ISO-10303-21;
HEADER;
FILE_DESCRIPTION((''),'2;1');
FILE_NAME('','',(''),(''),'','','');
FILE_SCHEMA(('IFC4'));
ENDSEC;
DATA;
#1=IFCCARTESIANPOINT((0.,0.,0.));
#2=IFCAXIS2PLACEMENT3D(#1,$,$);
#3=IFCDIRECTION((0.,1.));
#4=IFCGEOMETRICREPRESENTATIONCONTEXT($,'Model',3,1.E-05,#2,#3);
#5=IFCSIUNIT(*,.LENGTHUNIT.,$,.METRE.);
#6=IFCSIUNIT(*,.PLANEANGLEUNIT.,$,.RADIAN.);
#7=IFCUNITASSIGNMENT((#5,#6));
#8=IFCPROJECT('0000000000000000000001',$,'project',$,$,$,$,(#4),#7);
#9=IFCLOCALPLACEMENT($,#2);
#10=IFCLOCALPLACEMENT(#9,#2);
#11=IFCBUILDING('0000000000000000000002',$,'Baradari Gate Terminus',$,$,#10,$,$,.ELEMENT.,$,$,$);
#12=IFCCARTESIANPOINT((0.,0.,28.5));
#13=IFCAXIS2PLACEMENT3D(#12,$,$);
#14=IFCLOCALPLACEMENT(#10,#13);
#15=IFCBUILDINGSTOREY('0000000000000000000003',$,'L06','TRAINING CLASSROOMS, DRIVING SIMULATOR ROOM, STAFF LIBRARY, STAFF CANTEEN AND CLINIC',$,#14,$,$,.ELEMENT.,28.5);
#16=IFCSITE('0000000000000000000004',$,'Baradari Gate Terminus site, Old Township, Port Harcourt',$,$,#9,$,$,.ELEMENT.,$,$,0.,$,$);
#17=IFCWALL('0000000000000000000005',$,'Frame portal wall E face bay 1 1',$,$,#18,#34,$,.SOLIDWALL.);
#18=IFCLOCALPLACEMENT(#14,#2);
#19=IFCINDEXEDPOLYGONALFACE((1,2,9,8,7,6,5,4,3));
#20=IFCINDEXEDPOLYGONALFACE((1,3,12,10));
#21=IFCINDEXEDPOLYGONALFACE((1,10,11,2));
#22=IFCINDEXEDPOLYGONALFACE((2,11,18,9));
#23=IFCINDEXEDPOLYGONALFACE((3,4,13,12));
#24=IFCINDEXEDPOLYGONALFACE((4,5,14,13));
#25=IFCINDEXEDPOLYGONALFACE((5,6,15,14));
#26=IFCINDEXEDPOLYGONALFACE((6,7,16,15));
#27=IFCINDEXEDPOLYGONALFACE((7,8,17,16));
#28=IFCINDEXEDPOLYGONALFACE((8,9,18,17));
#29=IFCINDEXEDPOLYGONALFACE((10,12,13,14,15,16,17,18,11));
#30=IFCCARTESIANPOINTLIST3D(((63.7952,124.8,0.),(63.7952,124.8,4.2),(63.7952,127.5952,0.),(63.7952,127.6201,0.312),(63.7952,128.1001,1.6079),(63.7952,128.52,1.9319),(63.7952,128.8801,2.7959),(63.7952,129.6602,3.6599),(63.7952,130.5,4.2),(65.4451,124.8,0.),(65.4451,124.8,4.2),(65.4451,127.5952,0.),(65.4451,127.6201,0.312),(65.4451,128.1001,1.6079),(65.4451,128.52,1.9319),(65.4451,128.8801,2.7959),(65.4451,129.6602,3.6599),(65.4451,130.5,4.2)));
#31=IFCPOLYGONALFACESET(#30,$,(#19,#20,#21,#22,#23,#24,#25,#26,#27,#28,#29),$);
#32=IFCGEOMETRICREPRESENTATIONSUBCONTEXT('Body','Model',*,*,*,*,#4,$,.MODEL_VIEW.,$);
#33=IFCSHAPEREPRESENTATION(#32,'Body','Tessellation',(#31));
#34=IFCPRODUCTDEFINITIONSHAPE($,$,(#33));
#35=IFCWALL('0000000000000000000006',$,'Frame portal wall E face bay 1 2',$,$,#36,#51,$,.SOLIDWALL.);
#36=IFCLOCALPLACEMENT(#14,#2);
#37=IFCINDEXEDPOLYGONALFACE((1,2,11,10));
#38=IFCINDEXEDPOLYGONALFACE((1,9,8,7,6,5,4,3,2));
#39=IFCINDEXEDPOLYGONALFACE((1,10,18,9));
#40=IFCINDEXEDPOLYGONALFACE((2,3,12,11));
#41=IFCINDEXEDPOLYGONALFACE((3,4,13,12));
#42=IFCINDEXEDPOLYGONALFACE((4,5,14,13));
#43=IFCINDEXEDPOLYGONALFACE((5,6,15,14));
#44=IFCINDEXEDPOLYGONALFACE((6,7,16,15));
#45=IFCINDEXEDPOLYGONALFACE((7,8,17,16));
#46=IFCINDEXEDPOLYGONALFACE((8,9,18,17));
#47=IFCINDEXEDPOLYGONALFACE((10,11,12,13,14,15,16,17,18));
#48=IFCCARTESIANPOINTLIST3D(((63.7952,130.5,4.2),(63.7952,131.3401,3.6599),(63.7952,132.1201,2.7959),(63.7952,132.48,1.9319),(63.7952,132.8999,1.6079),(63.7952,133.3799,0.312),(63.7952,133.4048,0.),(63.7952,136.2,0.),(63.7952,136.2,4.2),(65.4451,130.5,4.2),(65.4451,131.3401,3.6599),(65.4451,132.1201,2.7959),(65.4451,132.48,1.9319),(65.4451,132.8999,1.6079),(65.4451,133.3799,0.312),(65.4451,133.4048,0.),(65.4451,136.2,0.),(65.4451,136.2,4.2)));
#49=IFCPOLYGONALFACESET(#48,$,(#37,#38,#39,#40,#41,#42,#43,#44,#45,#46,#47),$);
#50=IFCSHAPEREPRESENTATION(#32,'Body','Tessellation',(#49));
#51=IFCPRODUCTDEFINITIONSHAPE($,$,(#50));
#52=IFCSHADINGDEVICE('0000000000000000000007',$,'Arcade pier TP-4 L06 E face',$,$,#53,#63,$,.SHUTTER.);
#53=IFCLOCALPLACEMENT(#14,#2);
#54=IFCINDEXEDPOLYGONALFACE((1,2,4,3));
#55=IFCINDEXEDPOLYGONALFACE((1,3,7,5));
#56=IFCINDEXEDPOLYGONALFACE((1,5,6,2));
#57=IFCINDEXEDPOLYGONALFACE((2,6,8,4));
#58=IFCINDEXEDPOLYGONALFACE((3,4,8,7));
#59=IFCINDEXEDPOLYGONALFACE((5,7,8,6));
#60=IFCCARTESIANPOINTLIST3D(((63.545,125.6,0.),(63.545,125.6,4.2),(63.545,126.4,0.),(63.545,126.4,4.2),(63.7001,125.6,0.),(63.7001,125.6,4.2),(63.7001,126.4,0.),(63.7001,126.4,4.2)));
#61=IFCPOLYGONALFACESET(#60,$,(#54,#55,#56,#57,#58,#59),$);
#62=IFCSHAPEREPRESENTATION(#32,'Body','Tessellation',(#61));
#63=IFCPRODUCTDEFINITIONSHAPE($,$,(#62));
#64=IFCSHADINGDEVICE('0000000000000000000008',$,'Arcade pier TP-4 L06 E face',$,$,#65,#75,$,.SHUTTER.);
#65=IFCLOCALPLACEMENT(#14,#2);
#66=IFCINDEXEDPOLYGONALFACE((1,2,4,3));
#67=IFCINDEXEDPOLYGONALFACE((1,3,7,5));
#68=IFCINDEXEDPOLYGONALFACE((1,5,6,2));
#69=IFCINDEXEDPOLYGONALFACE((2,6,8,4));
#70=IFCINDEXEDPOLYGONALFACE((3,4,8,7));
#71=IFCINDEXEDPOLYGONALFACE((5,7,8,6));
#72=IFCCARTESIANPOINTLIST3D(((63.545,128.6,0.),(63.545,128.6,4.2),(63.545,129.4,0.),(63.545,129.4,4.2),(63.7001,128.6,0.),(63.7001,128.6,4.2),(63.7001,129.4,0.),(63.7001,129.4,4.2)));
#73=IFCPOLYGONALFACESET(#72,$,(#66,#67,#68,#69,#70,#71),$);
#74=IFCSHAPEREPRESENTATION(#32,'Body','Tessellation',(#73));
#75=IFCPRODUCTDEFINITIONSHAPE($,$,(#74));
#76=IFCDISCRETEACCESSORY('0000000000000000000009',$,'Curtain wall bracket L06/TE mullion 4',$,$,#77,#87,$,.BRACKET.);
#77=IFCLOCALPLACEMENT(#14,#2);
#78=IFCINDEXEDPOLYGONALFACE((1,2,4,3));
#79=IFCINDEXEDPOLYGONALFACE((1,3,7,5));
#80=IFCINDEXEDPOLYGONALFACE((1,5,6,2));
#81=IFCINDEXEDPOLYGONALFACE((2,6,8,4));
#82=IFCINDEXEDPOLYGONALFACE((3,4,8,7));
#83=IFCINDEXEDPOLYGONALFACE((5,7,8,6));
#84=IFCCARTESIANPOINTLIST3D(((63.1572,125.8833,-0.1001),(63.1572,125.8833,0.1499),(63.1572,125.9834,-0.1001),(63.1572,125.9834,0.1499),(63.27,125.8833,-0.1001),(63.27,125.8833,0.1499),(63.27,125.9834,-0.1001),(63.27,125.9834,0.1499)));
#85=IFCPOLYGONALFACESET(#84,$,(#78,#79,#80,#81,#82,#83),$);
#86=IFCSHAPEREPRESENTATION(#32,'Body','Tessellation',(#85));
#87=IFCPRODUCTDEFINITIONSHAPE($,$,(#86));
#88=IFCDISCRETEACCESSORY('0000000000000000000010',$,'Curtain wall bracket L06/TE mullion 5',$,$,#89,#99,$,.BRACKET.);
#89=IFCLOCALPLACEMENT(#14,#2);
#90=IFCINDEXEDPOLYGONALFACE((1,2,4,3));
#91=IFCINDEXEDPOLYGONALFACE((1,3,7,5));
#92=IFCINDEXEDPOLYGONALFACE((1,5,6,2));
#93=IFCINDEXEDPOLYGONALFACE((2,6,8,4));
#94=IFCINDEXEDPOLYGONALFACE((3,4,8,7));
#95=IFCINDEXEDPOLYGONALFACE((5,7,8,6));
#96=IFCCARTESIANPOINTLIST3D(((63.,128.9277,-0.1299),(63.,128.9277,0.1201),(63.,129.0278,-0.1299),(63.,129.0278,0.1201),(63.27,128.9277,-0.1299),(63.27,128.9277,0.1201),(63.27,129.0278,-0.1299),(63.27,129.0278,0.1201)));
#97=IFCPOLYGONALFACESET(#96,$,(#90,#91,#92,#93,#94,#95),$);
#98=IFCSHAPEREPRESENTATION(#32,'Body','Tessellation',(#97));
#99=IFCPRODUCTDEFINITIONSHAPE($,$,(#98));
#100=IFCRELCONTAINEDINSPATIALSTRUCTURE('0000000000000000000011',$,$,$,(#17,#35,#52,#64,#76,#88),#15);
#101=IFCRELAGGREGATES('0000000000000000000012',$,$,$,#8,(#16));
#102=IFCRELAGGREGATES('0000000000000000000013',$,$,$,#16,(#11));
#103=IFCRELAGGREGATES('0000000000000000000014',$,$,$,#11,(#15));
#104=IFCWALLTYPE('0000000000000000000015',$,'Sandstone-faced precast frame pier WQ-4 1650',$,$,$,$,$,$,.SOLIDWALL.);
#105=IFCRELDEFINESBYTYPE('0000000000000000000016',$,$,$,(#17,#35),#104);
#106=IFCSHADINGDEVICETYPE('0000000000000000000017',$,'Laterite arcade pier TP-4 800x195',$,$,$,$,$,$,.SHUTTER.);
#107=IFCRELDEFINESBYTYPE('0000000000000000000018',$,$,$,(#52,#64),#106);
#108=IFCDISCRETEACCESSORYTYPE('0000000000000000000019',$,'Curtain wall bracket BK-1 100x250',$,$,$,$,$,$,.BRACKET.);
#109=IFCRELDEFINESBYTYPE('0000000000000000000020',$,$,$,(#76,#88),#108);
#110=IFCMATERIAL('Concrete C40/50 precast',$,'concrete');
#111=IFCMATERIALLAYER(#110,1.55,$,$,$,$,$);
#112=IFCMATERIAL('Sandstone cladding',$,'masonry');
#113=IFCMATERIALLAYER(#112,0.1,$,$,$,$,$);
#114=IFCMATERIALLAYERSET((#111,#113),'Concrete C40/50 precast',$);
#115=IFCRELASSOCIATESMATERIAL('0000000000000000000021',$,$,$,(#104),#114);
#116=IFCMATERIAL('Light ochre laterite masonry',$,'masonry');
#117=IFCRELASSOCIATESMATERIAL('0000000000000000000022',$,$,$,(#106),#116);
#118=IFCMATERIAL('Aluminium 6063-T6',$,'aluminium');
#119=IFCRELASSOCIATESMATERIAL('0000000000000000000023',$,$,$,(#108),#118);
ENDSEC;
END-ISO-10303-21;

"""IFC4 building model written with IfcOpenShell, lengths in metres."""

from ifc_helpers import new_model, si_unit, direction, frame, origin, origin_2d, place, context, subcontext, project, spatial, polyline, rectangle, outline, extrude, material, layer, layer_set, type_object, element, save


model = new_model("IFC4")

# Units and contexts
model_context = context("Model", 3, precision=1e-05, world=origin(), true_north=direction((0.0, 1.0)))
body_context = subcontext(model_context, "Body", "Model", "MODEL_VIEW")
ifc_project = project(units=[si_unit("LENGTHUNIT", "METRE"), si_unit("PLANEANGLEUNIT", "RADIAN")], contexts=[model_context])

# Site, building, storey
site_placement = place(None, origin())
site = spatial("IfcSite", under=ifc_project, at=site_placement, Name="Baradari Gate Terminus site, Old Township, Port Harcourt", CompositionType="ELEMENT", RefElevation=0.0)
building_placement = place(site_placement, origin())
building = spatial("IfcBuilding", under=site, at=building_placement, Name="Baradari Gate Terminus", CompositionType="ELEMENT")
storey_placement = place(building_placement, frame((0.0, 0.0, 28.5)))
storey = spatial("IfcBuildingStorey", under=building, at=storey_placement, Name="L06", Description="TRAINING CLASSROOMS, DRIVING SIMULATOR ROOM, STAFF LIBRARY, STAFF CANTEEN AND CLINIC", CompositionType="ELEMENT", Elevation=28.5)

# Walls
ifc_material_1 = material(Name="Concrete C40/50 precast", Category="concrete")
ifc_layer_1 = layer(ifc_material_1, 1.55)
ifc_material_2 = material(Name="Sandstone cladding", Category="masonry")
ifc_layer_2 = layer(ifc_material_2, 0.1)
ifc_layer_set_1 = layer_set([ifc_layer_1, ifc_layer_2], Name="Concrete C40/50 precast")
wall_type = type_object("IfcWallType", Name="Sandstone-faced precast frame pier WQ-4 1650", PredefinedType="SOLIDWALL", material=ifc_layer_set_1)
wall_1_placement = place(storey_placement, frame((64.6201, 124.8, 0.0), z_axis=(0.0, 0.0, 1.0), x_axis=(0.0, 1.0, 0.0)))
element("IfcWall", 1, at=wall_1_placement, inside=storey, type_object=wall_type, Name="Frame portal wall E face bay 1 1", PredefinedType="SOLIDWALL", context=body_context, shape_type="SweptSolid", body=[
    extrude(outline(polyline([(2.7952, 0.0), (2.8201, 0.312), (3.3, 1.6079), (3.72, 1.9319), (4.0801, 2.7959), (4.8601, 3.6599), (5.7, 4.2), (0.0, 4.2), (0.0, 0.0), (2.7952, 0.0)])), frame((0.0, 0.825, 0.0), z_axis=(0.0, -1.0, 0.0), x_axis=(1.0, 0.0, 0.0)), (0.0, 0.0, 1.0), 1.6499),
])
wall_2_placement = place(storey_placement, frame((64.6201, 130.5, 0.0), z_axis=(0.0, 0.0, 1.0), x_axis=(0.0, 1.0, 0.0)))
element("IfcWall", 2, at=wall_2_placement, inside=storey, type_object=wall_type, Name="Frame portal wall E face bay 1 2", PredefinedType="SOLIDWALL", context=body_context, shape_type="SweptSolid", body=[
    extrude(outline(polyline([(0.0, 4.2), (0.8401, 3.6599), (1.6201, 2.7959), (1.98, 1.9319), (2.3999, 1.6079), (2.8799, 0.312), (2.9048, 0.0), (5.7, 0.0), (5.7, 4.2), (0.0, 4.2)])), frame((0.0, 0.825, 0.0), z_axis=(0.0, -1.0, 0.0), x_axis=(1.0, 0.0, 0.0)), (0.0, 0.0, 1.0), 1.6499),
])

# Shading devices
ifc_material_3 = material(Name="Light ochre laterite masonry", Category="masonry")
shading_device_type = type_object("IfcShadingDeviceType", Name="Laterite arcade pier TP-4 800x195", PredefinedType="SHUTTER", material=ifc_material_3)
for number, where, z_axis, x_axis, name in (
    (3, (63.6226, 126.0, 0.0), (0.0, 0.0, 1.0), (0.0, 1.0, 0.0), "Arcade pier TP-4 L06 E face"),
    (4, (63.6226, 129.0, 0.0), (0.0, 0.0, 1.0), (0.0, 1.0, 0.0), "Arcade pier TP-4 L06 E face"),
):
    element("IfcShadingDevice", number, at=place(storey_placement, frame(where, z_axis=z_axis, x_axis=x_axis)), inside=storey, type_object=shading_device_type, Name=name, PredefinedType="SHUTTER", context=body_context, shape_type="SweptSolid", body=[
        extrude(rectangle(XDim=0.8, YDim=0.155, at=origin_2d()), origin(), (0.0, 0.0, 1.0), 4.2),
    ])

# Discrete accessories
ifc_material_4 = material(Name="Aluminium 6063-T6", Category="aluminium")
discrete_accessory_type = type_object("IfcDiscreteAccessoryType", Name="Curtain wall bracket BK-1 100x250", PredefinedType="BRACKET", material=ifc_material_4)
discrete_accessory_1_placement = place(storey_placement, frame((63.2136, 125.9333, -0.1001), z_axis=(0.0, 0.0, 1.0), x_axis=(1.0, 0.0, 0.0)))
element("IfcDiscreteAccessory", 5, at=discrete_accessory_1_placement, inside=storey, type_object=discrete_accessory_type, Name="Curtain wall bracket L06/TE mullion 4", PredefinedType="BRACKET", context=body_context, shape_type="SweptSolid", body=[
    extrude(rectangle(XDim=0.1128, YDim=0.1001, at=origin_2d()), origin(), (0.0, 0.0, 1.0), 0.25),
])
discrete_accessory_2_placement = place(storey_placement, frame((63.135, 128.9778, -0.1299), z_axis=(0.0, 0.0, 1.0), x_axis=(1.0, 0.0, 0.0)))
element("IfcDiscreteAccessory", 6, at=discrete_accessory_2_placement, inside=storey, type_object=discrete_accessory_type, Name="Curtain wall bracket L06/TE mullion 5", PredefinedType="BRACKET", context=body_context, shape_type="SweptSolid", body=[
    extrude(rectangle(XDim=0.27, YDim=0.1001, at=origin_2d()), origin(), (0.0, 0.0, 1.0), 0.25),
])

save(model, "model.ifc")
